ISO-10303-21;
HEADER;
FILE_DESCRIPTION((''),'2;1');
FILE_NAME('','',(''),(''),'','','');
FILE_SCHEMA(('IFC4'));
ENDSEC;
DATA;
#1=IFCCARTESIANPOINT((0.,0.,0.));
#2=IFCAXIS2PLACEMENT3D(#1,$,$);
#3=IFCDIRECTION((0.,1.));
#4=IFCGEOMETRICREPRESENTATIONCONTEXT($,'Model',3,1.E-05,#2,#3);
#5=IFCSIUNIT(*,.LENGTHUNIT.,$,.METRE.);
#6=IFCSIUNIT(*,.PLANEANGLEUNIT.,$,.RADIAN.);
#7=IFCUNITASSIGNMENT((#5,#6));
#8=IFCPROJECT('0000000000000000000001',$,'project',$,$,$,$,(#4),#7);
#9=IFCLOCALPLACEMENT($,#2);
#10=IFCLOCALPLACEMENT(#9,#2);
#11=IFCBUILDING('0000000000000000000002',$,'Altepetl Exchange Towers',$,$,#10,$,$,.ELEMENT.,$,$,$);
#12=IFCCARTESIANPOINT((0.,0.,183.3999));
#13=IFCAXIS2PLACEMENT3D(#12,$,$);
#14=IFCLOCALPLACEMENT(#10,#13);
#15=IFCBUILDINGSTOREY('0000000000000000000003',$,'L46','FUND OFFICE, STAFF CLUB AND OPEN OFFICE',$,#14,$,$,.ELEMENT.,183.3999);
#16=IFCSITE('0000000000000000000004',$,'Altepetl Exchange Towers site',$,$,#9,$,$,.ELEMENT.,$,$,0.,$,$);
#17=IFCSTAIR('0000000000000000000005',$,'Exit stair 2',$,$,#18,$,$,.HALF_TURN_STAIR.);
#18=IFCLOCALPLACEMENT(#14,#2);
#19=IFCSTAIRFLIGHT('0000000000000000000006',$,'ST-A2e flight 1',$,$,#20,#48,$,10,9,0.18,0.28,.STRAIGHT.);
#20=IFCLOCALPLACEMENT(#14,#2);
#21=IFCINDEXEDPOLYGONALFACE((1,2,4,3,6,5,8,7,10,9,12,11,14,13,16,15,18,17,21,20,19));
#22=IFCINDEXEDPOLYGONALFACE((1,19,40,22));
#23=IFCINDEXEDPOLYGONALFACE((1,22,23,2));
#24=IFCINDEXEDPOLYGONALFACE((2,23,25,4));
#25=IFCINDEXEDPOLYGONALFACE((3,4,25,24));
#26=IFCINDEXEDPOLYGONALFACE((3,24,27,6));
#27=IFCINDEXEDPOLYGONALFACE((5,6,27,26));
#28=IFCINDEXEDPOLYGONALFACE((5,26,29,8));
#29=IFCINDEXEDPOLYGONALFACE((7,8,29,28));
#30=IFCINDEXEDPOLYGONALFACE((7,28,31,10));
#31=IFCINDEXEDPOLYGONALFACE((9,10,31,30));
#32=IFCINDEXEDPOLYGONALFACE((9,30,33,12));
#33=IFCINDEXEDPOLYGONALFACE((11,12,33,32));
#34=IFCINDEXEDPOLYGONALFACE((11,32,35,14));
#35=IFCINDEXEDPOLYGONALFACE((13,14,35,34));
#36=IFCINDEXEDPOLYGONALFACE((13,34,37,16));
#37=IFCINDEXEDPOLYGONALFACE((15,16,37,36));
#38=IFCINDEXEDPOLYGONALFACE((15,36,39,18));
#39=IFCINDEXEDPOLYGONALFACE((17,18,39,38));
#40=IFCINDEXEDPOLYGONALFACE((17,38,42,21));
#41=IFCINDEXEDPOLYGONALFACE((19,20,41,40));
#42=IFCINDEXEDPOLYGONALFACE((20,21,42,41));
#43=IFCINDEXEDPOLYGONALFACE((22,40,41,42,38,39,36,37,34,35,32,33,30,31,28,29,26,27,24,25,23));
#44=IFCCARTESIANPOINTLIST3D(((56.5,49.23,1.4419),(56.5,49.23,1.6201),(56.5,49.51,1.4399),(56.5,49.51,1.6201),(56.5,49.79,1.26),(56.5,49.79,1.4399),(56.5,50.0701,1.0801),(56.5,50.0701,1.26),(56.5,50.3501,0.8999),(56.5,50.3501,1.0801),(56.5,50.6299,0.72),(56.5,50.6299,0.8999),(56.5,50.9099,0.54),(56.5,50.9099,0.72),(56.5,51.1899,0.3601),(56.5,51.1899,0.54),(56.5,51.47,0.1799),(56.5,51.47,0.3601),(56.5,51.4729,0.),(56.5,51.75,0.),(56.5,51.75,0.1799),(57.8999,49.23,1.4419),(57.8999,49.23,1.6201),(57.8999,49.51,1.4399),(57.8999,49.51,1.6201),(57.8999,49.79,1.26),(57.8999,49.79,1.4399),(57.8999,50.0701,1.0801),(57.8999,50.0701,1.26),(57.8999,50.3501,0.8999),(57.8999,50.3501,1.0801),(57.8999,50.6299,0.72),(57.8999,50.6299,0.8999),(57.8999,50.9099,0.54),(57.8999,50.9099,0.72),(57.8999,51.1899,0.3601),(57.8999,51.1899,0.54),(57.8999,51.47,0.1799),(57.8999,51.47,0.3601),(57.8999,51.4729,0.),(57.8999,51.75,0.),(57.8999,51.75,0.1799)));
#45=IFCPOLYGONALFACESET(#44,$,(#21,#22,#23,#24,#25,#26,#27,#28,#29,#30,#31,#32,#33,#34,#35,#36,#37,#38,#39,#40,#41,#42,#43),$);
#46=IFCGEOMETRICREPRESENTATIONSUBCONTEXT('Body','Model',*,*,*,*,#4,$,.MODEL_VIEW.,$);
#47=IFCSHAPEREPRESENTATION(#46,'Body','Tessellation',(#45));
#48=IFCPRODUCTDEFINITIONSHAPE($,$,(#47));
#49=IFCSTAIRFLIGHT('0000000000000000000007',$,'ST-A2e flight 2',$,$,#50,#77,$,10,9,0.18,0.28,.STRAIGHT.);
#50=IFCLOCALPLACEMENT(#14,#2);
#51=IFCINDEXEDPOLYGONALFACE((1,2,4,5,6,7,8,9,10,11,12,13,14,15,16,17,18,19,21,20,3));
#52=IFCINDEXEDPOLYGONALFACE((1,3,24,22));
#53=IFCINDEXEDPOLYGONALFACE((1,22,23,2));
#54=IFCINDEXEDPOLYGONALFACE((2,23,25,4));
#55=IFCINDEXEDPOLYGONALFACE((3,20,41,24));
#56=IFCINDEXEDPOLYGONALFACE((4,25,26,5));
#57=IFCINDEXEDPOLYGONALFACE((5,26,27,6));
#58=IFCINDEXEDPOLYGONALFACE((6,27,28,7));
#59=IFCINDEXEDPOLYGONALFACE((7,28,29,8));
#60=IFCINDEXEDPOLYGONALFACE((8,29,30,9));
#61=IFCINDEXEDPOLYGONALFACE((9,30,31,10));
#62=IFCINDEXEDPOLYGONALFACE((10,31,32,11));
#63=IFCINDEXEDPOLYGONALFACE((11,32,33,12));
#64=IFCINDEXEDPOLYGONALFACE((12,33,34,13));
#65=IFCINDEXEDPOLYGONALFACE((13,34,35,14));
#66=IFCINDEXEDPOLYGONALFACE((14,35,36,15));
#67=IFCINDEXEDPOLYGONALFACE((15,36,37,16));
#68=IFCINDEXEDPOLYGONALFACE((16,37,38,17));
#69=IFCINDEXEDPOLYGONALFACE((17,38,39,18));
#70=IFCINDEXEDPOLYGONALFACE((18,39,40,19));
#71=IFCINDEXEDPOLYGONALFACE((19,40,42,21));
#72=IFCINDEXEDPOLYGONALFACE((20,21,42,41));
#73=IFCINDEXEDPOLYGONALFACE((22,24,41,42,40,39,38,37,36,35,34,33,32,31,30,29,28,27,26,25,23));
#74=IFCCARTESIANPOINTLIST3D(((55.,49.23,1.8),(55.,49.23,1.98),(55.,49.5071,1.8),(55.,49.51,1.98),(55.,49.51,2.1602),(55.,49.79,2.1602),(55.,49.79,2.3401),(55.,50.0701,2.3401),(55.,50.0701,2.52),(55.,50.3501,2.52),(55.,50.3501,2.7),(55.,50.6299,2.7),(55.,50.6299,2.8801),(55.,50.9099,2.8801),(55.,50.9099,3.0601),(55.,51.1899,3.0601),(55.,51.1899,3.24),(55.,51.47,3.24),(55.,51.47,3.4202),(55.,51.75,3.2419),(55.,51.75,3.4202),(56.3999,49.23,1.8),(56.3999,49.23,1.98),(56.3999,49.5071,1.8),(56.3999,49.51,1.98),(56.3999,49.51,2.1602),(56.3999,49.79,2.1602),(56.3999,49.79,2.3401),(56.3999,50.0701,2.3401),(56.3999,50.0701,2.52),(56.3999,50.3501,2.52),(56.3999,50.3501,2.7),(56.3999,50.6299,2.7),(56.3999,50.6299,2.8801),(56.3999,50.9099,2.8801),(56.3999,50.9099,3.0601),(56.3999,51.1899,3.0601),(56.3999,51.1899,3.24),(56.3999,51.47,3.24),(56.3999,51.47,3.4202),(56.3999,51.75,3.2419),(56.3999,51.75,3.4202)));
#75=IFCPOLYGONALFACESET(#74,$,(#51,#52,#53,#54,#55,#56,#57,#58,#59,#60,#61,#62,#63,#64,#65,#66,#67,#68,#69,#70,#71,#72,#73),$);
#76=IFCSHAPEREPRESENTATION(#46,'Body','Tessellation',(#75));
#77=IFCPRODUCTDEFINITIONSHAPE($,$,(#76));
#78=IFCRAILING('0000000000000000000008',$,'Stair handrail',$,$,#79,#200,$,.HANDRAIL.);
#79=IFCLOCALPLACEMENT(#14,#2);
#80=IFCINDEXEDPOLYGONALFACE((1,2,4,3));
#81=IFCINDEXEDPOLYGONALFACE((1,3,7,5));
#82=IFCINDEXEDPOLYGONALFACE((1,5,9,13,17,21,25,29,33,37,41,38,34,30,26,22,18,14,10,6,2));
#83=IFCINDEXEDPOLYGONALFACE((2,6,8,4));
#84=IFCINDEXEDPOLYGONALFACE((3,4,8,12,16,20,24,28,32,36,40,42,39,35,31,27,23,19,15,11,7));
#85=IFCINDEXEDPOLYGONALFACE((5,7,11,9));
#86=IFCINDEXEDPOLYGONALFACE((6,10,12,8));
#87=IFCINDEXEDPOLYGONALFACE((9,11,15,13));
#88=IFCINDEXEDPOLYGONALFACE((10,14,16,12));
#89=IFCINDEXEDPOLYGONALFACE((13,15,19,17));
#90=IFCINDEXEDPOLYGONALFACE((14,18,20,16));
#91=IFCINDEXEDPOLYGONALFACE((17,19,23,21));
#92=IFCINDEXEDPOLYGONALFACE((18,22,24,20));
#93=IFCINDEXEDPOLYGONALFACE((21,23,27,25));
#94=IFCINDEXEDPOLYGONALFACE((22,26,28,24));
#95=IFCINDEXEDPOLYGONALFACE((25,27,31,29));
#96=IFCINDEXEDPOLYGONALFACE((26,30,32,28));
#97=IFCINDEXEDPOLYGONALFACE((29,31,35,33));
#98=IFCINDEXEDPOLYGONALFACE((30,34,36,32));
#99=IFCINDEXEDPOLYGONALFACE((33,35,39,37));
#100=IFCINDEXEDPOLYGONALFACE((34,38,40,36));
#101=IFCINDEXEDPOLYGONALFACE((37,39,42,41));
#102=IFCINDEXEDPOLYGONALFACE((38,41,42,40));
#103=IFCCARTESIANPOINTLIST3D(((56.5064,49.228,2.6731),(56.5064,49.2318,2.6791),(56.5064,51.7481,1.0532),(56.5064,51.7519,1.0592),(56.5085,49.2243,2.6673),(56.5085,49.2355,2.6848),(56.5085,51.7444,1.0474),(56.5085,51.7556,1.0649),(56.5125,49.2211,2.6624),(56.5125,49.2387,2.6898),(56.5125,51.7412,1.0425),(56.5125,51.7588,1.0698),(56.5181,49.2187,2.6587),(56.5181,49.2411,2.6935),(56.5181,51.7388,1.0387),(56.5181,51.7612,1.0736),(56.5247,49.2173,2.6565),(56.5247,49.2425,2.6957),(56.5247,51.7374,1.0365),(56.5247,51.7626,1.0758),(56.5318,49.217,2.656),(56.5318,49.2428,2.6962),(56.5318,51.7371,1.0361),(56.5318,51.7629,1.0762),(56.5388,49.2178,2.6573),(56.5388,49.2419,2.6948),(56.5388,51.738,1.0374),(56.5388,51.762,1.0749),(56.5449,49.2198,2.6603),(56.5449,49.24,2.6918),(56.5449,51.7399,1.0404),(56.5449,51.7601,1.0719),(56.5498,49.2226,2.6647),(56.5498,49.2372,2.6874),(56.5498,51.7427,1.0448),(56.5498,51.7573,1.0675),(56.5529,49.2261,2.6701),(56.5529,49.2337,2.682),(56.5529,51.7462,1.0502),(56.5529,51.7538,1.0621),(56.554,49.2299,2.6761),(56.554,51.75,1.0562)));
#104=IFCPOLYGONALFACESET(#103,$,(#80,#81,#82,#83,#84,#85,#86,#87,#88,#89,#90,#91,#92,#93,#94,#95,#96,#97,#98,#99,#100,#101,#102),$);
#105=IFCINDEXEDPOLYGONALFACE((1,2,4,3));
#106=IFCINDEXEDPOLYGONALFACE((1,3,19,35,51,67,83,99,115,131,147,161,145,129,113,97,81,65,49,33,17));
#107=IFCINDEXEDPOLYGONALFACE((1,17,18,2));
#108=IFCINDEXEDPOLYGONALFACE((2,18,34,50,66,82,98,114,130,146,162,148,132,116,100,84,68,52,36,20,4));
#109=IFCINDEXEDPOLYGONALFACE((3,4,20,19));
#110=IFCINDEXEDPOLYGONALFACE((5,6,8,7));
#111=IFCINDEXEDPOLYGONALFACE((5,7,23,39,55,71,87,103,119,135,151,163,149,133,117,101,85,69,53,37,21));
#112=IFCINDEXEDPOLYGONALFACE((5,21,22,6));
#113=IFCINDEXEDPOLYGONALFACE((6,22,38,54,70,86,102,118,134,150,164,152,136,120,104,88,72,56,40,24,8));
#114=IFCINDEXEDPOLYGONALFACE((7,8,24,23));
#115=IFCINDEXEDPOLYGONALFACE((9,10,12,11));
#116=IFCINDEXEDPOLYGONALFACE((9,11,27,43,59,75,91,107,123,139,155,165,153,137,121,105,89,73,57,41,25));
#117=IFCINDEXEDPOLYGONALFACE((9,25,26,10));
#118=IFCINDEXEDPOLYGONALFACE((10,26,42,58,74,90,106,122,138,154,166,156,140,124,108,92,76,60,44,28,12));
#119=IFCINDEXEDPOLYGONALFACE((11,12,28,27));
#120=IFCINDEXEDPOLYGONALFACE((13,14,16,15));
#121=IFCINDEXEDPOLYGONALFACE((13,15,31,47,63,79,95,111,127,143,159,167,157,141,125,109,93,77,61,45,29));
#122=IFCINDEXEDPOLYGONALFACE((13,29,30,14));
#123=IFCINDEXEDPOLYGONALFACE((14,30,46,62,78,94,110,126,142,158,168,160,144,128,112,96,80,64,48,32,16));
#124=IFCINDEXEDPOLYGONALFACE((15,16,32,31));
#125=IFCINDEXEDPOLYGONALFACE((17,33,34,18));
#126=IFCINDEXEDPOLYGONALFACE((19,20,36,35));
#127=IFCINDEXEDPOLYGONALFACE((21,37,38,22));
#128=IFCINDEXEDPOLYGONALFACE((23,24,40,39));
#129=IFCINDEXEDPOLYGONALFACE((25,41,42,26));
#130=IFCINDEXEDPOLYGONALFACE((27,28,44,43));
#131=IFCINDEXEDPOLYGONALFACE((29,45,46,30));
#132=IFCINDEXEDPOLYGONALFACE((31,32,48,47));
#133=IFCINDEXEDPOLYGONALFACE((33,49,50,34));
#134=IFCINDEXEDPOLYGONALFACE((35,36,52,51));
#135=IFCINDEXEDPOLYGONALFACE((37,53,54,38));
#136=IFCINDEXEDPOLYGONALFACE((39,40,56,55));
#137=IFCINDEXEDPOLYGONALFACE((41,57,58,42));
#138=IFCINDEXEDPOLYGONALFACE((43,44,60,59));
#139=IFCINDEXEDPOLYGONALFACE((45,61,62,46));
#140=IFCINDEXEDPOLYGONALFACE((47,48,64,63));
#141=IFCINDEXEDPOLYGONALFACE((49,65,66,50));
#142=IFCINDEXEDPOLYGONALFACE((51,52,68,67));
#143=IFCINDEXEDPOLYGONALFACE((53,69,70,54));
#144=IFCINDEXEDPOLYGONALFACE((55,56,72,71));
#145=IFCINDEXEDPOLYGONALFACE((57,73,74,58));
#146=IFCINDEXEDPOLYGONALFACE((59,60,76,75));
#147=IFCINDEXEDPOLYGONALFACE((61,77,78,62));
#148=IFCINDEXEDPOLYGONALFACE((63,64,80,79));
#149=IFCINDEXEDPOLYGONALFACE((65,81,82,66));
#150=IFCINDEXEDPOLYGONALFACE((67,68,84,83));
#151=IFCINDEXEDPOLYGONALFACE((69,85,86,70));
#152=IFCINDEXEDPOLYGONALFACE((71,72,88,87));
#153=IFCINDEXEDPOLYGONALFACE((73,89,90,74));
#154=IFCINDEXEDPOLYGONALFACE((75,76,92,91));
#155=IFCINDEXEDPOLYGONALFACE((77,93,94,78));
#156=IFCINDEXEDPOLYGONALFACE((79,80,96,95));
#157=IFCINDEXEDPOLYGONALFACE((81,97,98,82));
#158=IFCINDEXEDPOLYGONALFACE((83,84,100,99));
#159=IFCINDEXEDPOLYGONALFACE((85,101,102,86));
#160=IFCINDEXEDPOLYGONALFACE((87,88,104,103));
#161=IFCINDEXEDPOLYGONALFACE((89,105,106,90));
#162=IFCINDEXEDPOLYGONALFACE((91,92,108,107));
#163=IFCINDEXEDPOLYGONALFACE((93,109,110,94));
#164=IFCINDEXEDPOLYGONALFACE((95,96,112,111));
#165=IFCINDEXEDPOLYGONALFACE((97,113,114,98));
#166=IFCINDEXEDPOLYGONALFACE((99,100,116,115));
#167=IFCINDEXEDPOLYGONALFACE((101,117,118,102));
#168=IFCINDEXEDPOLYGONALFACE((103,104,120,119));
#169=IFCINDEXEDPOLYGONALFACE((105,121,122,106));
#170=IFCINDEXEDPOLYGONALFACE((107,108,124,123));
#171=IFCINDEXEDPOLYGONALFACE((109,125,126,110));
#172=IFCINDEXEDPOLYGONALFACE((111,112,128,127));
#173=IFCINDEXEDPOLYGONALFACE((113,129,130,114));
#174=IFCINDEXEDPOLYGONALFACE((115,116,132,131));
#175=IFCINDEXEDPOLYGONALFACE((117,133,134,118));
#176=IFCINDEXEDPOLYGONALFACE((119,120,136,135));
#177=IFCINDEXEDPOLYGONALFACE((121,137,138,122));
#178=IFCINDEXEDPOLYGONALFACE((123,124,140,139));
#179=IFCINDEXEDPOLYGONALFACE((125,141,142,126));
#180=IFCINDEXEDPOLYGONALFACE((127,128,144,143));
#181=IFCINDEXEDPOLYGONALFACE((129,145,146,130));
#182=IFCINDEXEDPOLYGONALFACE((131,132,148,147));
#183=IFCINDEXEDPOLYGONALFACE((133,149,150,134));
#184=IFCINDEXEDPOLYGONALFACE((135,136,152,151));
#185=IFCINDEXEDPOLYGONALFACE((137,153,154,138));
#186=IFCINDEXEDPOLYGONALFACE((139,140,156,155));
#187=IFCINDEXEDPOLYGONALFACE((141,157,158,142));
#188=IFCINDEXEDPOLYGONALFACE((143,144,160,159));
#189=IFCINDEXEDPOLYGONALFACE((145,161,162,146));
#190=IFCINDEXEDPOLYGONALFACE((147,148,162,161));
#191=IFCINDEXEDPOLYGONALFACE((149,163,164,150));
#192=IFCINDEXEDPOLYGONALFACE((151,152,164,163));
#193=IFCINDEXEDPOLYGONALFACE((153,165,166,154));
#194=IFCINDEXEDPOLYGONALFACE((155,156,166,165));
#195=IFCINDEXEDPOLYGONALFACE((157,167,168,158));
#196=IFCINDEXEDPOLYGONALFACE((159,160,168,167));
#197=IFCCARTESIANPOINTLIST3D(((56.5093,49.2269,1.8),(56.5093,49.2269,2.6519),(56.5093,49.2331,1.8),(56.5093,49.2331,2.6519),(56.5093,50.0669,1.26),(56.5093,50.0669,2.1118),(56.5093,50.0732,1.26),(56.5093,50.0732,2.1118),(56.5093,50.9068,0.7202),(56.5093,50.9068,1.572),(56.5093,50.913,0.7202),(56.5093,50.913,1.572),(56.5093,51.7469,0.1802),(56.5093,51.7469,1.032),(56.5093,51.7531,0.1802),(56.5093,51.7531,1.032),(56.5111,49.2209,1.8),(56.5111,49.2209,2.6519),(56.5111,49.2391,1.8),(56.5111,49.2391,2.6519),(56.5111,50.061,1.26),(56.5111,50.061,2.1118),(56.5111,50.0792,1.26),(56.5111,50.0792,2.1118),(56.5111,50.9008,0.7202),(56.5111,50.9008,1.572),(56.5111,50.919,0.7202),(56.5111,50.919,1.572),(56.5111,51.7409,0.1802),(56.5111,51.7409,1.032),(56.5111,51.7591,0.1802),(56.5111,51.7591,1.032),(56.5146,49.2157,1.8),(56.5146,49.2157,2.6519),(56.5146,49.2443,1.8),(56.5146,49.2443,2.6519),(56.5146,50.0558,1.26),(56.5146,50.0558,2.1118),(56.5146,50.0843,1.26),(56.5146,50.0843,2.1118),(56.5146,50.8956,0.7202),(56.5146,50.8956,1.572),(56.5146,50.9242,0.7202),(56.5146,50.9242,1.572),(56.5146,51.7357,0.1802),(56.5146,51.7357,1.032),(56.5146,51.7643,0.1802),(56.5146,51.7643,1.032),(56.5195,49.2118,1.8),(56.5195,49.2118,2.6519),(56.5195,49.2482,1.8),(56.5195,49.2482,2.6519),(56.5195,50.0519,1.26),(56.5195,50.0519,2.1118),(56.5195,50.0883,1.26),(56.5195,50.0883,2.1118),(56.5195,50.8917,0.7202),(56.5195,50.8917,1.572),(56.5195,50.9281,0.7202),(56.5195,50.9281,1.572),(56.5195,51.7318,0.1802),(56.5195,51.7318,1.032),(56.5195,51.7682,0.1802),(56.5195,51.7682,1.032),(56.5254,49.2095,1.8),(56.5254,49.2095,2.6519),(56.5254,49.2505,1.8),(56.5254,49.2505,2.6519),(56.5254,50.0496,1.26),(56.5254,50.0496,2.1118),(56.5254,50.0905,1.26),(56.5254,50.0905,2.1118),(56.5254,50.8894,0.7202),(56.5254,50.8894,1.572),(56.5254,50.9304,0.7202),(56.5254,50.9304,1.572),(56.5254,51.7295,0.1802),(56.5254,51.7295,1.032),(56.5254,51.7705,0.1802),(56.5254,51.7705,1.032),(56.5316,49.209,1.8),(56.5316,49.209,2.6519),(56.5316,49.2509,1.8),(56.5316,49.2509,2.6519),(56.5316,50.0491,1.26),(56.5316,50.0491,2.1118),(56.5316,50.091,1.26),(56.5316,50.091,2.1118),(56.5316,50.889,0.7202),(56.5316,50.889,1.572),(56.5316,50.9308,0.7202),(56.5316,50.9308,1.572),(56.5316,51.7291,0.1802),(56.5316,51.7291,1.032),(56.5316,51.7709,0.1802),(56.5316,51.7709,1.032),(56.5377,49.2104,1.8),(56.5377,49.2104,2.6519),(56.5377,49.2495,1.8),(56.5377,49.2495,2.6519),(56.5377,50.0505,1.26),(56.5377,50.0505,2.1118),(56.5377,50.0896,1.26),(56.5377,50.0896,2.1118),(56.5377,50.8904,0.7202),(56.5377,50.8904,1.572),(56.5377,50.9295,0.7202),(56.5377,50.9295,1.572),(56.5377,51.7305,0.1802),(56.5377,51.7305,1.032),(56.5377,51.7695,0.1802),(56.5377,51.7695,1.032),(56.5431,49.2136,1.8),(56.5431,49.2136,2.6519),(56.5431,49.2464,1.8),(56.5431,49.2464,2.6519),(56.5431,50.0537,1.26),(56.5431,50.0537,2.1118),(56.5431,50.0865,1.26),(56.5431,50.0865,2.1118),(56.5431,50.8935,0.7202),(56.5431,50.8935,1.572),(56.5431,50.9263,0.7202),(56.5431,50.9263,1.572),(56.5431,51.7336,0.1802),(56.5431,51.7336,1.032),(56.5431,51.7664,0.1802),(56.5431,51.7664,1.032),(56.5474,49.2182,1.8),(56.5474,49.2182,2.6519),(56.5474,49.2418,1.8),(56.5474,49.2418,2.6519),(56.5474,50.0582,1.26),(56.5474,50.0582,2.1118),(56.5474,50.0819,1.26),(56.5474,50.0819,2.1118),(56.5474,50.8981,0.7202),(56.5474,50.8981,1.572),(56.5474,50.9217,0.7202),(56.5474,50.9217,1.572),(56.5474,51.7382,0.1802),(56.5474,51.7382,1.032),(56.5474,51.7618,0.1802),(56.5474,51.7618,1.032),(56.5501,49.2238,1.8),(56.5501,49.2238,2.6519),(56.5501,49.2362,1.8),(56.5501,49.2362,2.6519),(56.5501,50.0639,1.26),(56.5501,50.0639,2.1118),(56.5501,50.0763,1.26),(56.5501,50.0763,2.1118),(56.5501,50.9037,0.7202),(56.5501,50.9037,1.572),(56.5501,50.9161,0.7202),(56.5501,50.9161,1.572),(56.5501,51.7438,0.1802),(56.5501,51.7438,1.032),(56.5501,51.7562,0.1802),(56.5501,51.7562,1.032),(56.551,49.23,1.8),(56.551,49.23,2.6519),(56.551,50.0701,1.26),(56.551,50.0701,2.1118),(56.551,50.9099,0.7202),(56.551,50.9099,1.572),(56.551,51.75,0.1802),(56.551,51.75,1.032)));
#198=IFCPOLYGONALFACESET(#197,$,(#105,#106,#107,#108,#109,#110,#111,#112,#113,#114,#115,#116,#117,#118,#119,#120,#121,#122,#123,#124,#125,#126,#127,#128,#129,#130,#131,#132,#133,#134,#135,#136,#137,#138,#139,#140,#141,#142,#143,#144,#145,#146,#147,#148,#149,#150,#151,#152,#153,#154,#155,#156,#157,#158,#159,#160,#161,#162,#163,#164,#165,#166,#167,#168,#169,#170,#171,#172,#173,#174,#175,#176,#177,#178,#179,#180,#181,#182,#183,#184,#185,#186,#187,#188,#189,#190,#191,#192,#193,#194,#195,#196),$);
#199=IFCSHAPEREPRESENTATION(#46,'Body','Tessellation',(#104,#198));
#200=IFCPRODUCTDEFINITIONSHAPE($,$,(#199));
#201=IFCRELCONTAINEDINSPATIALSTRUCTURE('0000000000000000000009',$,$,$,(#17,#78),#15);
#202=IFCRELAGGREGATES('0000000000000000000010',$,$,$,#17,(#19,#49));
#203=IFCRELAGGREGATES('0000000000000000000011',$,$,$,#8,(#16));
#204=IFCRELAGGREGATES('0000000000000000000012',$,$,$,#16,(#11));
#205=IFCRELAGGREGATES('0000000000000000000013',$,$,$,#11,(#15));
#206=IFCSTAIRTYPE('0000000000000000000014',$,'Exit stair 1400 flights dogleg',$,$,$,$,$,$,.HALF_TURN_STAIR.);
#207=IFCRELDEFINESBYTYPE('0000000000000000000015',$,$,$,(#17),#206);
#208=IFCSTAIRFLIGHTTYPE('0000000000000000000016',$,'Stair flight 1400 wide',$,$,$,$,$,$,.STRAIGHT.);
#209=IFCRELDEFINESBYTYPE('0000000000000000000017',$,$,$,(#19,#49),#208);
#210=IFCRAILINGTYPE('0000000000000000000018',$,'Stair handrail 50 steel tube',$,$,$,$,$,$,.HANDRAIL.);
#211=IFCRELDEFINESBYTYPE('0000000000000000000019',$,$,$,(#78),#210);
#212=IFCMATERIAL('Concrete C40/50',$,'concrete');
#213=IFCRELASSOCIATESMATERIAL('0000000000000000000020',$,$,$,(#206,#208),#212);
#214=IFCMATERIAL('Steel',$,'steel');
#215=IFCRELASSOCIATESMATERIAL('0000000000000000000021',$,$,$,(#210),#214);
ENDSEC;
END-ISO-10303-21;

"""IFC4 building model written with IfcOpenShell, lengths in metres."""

from ifc_helpers import new_model, si_unit, direction, frame, origin, origin_2d, place, context, subcontext, project, spatial, polyline, circle, outline, extrude, source, transform, mapped, material, type_object, element, aggregate, save


model = new_model("IFC4")

# Units and contexts
model_context = context("Model", 3, precision=1e-05, world=origin(), true_north=direction((0.0, 1.0)))
body_context = subcontext(model_context, "Body", "Model", "MODEL_VIEW")
ifc_project = project(units=[si_unit("LENGTHUNIT", "METRE"), si_unit("PLANEANGLEUNIT", "RADIAN")], contexts=[model_context])

# Site, building, storey
site_placement = place(None, origin())
site = spatial("IfcSite", under=ifc_project, at=site_placement, Name="Altepetl Exchange Towers site", CompositionType="ELEMENT", RefElevation=0.0)
building_placement = place(site_placement, origin())
building = spatial("IfcBuilding", under=site, at=building_placement, Name="Altepetl Exchange Towers", CompositionType="ELEMENT")
storey_placement = place(building_placement, frame((0.0, 0.0, 183.3999)))
storey = spatial("IfcBuildingStorey", under=building, at=storey_placement, Name="L46", Description="FUND OFFICE, STAFF CLUB AND OPEN OFFICE", CompositionType="ELEMENT", Elevation=183.3999)

# Shared definitions
ifc_material_1 = material(Name="Concrete C40/50", Category="concrete")

# Stair, stair flights
stair_type = type_object("IfcStairType", Name="Exit stair 1400 flights dogleg", PredefinedType="HALF_TURN_STAIR", material=ifc_material_1)
stair_placement = place(storey_placement, origin())
stair = element("IfcStair", 1, at=stair_placement, inside=storey, type_object=stair_type, Name="Exit stair 2", PredefinedType="HALF_TURN_STAIR")
stair_flight_type = type_object("IfcStairFlightType", Name="Stair flight 1400 wide", PredefinedType="STRAIGHT", material=ifc_material_1)
stair_flight_1_placement = place(storey_placement, frame((57.2, 51.75, 0.0), z_axis=(0.0, 0.0, 1.0), x_axis=(0.0, -1.0, 0.0)))
stair_flight_1 = element("IfcStairFlight", 2, at=stair_flight_1_placement, type_object=stair_flight_type, Name="ST-A2e flight 1", NumberOfRisers=10, NumberOfTreads=9, PredefinedType="STRAIGHT", RiserHeight=0.18, TreadLength=0.28, context=body_context, shape_type="SweptSolid", body=[
    extrude(outline(polyline([(0.0, 0.0), (0.0, 0.1799), (0.28, 0.1799), (0.28, 0.3601), (0.5601, 0.3601), (0.5601, 0.54), (0.8401, 0.54), (0.8401, 0.72), (1.1201, 0.72), (1.1201, 0.8999), (1.3999, 0.8999), (1.3999, 1.0801), (1.6799, 1.0801), (1.6799, 1.26), (1.96, 1.26), (1.96, 1.4399), (2.24, 1.4399), (2.24, 1.6201), (2.52, 1.6201), (2.52, 1.8), (2.52, 1.4419), (0.2771, 0.0), (0.0, 0.0)])), frame((0.0, 0.7, 0.0), z_axis=(0.0, -1.0, 0.0), x_axis=(1.0, 0.0, 0.0)), (0.0, 0.0, 1.0), 1.3999),
])
stair_flight_2_placement = place(storey_placement, frame((55.7, 49.23, 1.8), z_axis=(0.0, 0.0, 1.0), x_axis=(0.0, 1.0, 0.0)))
stair_flight_2 = element("IfcStairFlight", 3, at=stair_flight_2_placement, type_object=stair_flight_type, Name="ST-A2e flight 2", NumberOfRisers=10, NumberOfTreads=9, PredefinedType="STRAIGHT", RiserHeight=0.18, TreadLength=0.28, context=body_context, shape_type="SweptSolid", body=[
    extrude(outline(polyline([(0.0, 0.0), (0.0, 0.1799), (0.28, 0.1799), (0.28, 0.3601), (0.5601, 0.3601), (0.5601, 0.54), (0.8401, 0.54), (0.8401, 0.72), (1.1201, 0.72), (1.1201, 0.8999), (1.3999, 0.8999), (1.3999, 1.0801), (1.6799, 1.0801), (1.6799, 1.26), (1.96, 1.26), (1.96, 1.4399), (2.24, 1.4399), (2.24, 1.6201), (2.52, 1.6201), (2.52, 1.8), (2.52, 1.4419), (0.2771, 0.0), (0.0, 0.0)])), frame((0.0, 0.7, 0.0), z_axis=(0.0, -1.0, 0.0), x_axis=(1.0, 0.0, 0.0)), (0.0, 0.0, 1.0), 1.3999),
])
aggregate(stair, [stair_flight_1, stair_flight_2])

# Railing
ifc_material_2 = material(Name="Steel", Category="steel")
railing_type = type_object("IfcRailingType", Name="Stair handrail 50 steel tube", PredefinedType="HANDRAIL", material=ifc_material_2)
shared_shape = source(origin(), body_context, "Body", "SweptSolid", [
    extrude(circle(Radius=0.021, at=origin_2d()), origin(), (0.0, 0.0, 1.0), 0.8518),
])
railing_1_placement = place(storey_placement, frame((56.53, 51.75, 0.1802)))
element("IfcRailing", 4, at=railing_1_placement, inside=storey, type_object=railing_type, Name="Stair handrail", PredefinedType="HANDRAIL", context=body_context, shape_type="SweptSolid", body=[
    extrude(circle(Radius=0.0239, at=origin_2d()), frame((0.0, 0.0, 0.876), z_axis=(0.0, -0.8412, 0.540725), x_axis=(1.0, 0.0, 0.0)), (0.0, 0.0, 1.0), 2.9958),
    mapped(shared_shape, transform((0.0, 0.0, 0.0))),
    mapped(shared_shape, transform((0.0, -0.8401, 0.54))),
    mapped(shared_shape, transform((0.0, -1.6799, 1.0798))),
    mapped(shared_shape, transform((0.0, -2.52, 1.6199))),
])

save(model, "model.ifc")
